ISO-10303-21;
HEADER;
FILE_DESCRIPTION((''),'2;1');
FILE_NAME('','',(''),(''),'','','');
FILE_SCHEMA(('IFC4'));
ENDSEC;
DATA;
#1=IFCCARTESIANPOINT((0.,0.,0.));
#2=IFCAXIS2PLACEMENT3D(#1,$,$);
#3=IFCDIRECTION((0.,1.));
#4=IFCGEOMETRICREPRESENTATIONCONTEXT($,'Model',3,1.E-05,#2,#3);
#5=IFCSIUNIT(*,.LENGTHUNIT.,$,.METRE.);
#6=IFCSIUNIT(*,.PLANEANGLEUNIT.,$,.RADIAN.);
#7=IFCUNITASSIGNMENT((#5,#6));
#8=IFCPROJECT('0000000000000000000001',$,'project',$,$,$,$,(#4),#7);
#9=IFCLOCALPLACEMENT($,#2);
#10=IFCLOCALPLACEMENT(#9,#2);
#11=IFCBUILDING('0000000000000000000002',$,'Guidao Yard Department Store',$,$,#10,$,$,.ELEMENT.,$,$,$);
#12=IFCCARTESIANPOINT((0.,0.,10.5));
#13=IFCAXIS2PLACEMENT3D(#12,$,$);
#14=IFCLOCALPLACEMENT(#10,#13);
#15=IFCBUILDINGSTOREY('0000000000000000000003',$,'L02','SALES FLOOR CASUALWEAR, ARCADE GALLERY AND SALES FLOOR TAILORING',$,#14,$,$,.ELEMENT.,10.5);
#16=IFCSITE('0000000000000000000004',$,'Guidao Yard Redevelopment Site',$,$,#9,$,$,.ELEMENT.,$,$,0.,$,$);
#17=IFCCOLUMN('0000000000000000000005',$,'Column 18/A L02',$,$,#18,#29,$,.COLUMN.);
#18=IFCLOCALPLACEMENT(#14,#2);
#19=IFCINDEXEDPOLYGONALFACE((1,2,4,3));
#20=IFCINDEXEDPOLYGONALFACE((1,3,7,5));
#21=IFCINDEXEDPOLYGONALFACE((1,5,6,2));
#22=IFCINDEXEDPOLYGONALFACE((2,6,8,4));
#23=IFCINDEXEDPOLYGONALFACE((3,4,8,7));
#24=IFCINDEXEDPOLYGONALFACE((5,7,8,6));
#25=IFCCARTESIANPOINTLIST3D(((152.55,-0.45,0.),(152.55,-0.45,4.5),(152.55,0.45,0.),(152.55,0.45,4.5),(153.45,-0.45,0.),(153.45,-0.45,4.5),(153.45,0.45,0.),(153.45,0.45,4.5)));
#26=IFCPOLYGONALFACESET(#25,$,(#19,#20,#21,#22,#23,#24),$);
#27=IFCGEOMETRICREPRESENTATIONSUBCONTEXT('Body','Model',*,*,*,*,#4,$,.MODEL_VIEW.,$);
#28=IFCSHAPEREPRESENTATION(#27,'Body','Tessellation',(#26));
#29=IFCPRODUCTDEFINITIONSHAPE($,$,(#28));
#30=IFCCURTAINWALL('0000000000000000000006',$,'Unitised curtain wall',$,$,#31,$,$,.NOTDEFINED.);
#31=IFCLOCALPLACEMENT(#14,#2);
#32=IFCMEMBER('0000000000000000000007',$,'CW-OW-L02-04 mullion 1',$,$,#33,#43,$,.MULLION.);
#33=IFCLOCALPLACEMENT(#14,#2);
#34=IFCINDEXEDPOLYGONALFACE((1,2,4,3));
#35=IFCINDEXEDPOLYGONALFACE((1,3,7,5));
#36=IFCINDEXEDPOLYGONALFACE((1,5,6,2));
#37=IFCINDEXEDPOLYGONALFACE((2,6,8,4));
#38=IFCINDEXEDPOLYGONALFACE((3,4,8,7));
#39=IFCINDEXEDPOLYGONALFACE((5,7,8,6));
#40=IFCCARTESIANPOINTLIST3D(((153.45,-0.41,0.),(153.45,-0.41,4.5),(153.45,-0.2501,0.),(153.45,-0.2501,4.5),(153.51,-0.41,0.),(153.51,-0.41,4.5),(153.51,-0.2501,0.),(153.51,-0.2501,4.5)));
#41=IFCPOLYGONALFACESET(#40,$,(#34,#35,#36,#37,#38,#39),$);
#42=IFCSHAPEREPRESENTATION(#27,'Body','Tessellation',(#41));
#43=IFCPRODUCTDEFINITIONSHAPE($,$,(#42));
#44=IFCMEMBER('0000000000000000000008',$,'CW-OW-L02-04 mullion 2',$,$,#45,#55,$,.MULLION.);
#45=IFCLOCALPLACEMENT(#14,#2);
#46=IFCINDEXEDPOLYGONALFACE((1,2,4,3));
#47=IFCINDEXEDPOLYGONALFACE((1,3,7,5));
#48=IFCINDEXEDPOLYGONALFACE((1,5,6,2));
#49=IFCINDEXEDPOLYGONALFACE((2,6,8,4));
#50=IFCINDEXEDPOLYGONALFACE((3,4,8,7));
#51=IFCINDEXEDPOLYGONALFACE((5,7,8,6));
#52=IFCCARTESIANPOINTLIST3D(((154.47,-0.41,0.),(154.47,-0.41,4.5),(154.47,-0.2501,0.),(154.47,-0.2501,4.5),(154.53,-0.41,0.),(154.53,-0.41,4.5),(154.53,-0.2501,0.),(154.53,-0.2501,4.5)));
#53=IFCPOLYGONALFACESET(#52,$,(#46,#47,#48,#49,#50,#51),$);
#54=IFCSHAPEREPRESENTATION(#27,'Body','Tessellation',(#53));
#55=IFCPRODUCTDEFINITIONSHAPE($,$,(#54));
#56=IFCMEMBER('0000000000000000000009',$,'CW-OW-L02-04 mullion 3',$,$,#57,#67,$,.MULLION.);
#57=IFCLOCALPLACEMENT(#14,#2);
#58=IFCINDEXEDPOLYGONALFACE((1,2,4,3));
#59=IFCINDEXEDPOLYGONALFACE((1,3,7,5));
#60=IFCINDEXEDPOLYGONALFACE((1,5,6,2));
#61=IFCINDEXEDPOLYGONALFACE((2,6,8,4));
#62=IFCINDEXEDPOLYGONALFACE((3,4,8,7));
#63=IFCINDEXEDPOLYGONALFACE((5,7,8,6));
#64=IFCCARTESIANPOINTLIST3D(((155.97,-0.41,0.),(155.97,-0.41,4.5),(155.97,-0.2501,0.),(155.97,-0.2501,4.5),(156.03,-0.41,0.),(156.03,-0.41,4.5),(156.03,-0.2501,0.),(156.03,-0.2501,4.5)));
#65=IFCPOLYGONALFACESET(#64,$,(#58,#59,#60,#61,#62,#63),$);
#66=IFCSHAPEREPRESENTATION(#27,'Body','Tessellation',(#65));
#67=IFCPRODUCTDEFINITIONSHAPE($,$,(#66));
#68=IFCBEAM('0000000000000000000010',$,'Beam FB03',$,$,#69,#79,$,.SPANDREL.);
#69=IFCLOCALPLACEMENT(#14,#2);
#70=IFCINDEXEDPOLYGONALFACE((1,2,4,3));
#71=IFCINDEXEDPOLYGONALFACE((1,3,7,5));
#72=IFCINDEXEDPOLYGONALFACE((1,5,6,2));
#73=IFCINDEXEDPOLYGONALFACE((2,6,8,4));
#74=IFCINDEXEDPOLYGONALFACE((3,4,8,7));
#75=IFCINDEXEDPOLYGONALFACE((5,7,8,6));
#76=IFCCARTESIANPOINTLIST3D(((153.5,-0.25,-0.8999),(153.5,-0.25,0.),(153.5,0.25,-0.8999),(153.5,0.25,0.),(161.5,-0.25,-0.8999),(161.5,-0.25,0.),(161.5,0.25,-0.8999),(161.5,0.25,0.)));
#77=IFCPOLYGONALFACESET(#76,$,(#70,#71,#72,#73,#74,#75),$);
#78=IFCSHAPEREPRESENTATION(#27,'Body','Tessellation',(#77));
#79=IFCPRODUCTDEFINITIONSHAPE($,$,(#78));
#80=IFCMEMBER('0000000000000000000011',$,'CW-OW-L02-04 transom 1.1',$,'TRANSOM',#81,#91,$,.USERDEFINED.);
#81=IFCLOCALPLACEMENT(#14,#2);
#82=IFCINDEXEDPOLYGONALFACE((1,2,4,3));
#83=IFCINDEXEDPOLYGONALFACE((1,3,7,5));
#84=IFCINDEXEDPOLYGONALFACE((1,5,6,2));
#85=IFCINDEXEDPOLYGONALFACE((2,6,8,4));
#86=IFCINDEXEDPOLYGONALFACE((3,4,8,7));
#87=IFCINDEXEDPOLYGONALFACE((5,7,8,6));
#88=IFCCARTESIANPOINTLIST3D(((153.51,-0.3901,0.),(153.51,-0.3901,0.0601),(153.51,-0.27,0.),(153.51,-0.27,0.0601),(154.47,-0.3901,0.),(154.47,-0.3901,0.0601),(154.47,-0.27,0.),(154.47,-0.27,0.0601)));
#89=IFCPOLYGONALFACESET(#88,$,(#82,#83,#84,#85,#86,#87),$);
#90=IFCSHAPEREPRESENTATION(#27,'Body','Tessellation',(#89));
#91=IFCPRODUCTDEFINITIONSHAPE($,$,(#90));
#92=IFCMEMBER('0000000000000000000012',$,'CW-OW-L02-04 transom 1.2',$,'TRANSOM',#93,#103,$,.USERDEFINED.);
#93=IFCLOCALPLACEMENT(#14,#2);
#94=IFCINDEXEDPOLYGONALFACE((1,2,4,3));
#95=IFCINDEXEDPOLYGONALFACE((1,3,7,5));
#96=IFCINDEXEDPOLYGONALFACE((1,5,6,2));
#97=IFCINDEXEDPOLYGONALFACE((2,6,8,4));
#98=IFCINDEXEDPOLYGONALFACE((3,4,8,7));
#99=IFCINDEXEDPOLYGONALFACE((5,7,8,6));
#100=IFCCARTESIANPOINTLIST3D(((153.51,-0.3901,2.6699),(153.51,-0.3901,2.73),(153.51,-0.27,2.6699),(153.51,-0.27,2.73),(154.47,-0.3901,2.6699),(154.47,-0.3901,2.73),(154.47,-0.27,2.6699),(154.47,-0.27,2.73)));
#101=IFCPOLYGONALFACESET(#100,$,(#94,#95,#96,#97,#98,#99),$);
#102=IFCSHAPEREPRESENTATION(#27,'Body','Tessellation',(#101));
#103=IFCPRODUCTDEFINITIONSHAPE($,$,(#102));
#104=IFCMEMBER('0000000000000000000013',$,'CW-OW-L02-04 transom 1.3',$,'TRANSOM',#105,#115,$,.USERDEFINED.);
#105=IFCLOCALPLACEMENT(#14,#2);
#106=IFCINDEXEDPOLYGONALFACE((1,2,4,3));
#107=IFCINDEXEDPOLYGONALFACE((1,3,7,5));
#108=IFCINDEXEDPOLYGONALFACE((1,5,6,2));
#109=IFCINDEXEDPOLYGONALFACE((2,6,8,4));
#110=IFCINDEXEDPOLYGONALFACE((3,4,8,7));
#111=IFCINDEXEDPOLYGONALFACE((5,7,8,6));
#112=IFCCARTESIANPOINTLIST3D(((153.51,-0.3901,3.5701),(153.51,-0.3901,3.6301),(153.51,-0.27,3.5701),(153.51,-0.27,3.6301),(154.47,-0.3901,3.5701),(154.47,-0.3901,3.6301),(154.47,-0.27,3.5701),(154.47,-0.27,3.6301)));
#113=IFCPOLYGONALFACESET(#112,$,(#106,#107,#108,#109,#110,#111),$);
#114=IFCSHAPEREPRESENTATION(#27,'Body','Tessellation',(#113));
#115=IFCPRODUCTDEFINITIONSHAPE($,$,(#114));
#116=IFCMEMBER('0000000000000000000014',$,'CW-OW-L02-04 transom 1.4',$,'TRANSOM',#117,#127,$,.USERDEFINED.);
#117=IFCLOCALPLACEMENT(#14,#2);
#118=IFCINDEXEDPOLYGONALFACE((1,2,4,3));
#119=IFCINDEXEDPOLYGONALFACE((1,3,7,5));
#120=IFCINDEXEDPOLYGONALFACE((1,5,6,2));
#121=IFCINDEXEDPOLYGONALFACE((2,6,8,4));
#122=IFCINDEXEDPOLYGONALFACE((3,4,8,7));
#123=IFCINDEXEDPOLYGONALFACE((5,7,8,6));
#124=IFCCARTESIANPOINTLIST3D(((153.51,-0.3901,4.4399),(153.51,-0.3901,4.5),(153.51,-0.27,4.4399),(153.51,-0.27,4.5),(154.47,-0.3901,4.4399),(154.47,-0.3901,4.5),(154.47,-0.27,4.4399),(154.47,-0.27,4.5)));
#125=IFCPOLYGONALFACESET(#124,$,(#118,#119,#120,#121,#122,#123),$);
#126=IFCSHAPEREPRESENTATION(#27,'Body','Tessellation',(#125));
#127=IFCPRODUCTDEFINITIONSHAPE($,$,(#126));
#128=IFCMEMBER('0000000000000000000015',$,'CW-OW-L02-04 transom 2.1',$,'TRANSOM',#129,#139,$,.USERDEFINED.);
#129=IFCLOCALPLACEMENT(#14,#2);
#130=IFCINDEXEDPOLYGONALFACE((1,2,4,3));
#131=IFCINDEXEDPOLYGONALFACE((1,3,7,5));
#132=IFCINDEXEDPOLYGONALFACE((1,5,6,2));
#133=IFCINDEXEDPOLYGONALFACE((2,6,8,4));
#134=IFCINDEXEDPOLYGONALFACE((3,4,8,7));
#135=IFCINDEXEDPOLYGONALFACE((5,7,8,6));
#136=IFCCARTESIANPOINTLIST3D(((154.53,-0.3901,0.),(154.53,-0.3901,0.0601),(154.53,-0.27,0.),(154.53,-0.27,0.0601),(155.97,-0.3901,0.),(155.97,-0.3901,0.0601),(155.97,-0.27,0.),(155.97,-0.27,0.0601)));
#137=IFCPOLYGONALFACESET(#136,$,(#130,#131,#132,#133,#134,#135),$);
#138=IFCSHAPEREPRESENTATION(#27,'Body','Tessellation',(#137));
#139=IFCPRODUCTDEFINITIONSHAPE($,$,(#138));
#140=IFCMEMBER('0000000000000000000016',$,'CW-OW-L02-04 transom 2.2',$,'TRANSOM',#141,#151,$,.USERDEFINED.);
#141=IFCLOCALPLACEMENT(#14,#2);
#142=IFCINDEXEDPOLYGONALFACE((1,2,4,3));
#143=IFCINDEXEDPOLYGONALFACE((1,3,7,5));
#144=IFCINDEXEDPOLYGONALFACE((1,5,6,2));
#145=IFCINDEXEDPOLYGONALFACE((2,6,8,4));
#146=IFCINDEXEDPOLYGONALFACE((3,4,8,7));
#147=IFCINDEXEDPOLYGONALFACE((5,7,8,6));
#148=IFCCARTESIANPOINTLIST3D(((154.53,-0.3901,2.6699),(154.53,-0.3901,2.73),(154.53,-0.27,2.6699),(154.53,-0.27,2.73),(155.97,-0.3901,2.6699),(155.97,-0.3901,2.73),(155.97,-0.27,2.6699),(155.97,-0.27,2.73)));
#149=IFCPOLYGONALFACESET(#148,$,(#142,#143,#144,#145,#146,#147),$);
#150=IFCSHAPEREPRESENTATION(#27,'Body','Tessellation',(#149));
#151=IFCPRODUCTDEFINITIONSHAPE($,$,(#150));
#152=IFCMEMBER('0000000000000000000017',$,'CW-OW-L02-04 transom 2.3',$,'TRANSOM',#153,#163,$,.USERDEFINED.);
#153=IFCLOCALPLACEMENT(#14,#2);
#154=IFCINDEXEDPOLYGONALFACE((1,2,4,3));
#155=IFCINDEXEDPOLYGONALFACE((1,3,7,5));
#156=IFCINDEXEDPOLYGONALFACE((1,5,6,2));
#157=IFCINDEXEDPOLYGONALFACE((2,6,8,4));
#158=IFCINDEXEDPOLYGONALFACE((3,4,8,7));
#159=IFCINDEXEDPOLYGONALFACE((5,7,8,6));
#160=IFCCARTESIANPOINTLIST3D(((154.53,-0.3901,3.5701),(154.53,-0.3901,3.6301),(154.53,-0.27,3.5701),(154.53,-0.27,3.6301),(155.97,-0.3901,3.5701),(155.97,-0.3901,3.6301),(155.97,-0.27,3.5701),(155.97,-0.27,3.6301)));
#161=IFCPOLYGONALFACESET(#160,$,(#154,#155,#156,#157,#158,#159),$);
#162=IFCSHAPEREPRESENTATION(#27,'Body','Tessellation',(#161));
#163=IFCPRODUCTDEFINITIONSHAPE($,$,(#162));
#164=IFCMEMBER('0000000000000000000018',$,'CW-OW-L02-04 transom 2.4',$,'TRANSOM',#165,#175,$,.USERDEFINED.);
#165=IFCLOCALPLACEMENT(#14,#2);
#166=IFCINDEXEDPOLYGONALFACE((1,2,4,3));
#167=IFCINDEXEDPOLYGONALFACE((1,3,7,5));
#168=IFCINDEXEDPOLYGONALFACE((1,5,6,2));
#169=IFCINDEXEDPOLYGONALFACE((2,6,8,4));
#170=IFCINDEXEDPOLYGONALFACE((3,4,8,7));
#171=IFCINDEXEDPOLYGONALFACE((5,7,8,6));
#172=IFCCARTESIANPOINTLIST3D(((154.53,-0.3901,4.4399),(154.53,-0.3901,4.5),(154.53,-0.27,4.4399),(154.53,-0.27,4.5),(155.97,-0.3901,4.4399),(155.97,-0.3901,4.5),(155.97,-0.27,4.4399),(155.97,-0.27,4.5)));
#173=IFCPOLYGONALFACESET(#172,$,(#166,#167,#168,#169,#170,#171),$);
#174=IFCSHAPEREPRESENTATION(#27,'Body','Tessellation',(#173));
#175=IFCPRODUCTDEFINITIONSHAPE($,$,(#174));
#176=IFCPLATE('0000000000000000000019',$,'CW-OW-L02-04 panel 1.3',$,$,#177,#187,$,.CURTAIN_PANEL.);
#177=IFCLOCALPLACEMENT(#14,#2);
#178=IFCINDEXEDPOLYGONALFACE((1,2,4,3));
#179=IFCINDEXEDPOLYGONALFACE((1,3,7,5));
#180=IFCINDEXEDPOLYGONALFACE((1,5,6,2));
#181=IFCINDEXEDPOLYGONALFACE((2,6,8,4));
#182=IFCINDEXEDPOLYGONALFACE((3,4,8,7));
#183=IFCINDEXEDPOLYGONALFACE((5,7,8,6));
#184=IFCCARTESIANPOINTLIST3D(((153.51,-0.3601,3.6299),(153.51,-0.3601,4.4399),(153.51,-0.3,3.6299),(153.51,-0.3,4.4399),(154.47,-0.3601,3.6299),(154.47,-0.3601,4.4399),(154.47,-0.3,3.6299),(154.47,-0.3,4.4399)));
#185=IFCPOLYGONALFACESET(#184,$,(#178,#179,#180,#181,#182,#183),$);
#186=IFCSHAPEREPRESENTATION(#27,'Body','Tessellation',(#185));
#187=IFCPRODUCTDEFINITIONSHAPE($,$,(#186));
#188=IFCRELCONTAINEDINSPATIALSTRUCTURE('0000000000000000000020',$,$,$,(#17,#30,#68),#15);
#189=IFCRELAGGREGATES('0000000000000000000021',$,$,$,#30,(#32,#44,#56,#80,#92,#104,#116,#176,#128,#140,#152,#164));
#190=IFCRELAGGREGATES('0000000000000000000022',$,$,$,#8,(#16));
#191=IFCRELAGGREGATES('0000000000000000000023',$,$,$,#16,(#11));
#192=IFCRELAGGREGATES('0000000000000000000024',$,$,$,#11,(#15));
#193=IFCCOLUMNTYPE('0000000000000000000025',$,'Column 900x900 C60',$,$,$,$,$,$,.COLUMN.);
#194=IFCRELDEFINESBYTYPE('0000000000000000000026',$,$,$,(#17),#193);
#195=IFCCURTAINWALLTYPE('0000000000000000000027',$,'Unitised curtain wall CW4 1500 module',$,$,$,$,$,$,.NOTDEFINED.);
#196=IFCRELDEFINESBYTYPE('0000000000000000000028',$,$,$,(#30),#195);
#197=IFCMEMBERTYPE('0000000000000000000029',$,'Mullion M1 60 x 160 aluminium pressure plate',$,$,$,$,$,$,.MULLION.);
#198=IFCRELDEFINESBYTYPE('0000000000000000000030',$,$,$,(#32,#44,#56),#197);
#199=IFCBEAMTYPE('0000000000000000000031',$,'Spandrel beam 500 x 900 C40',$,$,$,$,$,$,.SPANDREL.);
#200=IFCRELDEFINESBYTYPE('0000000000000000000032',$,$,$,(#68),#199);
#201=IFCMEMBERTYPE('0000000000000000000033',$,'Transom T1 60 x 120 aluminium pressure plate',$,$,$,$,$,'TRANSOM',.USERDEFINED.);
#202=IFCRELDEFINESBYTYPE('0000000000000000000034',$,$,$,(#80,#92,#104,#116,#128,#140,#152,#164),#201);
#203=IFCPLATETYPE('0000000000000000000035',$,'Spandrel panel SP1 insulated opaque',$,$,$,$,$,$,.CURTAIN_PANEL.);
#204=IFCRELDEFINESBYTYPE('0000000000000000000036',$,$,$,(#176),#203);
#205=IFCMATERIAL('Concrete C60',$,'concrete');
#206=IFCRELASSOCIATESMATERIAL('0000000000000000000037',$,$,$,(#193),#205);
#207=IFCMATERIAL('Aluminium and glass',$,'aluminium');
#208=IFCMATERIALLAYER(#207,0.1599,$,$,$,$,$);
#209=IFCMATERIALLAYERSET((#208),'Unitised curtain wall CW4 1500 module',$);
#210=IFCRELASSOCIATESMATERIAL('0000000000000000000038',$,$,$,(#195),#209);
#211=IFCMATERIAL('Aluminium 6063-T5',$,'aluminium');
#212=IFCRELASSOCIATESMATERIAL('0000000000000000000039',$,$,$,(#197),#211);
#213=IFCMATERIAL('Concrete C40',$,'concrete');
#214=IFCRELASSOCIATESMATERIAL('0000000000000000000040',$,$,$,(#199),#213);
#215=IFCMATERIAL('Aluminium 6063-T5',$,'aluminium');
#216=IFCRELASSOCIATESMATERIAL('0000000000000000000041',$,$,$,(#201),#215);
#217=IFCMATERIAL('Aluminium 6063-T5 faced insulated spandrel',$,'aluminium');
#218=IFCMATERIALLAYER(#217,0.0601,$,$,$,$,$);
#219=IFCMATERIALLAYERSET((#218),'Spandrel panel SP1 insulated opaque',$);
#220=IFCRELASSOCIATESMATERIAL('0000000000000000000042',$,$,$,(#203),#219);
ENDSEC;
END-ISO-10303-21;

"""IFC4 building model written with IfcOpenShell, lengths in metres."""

from ifc_helpers import new_model, si_unit, direction, frame, origin, origin_2d, place, context, subcontext, project, spatial, rectangle, extrude, material, layer, layer_set, material_profile, profile_set, type_object, element, aggregate, save


model = new_model("IFC4")

# Units and contexts
model_context = context("Model", 3, precision=1e-05, world=origin(), true_north=direction((0.0, 1.0)))
body_context = subcontext(model_context, "Body", "Model", "MODEL_VIEW")
ifc_project = project(units=[si_unit("LENGTHUNIT", "METRE"), si_unit("PLANEANGLEUNIT", "RADIAN")], contexts=[model_context])

# Site, building, storey
site_placement = place(None, origin())
site = spatial("IfcSite", under=ifc_project, at=site_placement, Name="Guidao Yard Redevelopment Site", CompositionType="ELEMENT", RefElevation=0.0)
building_placement = place(site_placement, origin())
building = spatial("IfcBuilding", under=site, at=building_placement, Name="Guidao Yard Department Store", CompositionType="ELEMENT")
storey_placement = place(building_placement, frame((0.0, 0.0, 10.5)))
storey = spatial("IfcBuildingStorey", under=building, at=storey_placement, Name="L02", Description="SALES FLOOR CASUALWEAR, ARCADE GALLERY AND SALES FLOOR TAILORING", CompositionType="ELEMENT", Elevation=10.5)

# Column
ifc_material_1 = material(Name="Concrete C60", Category="concrete")
ifc_material_profile_1 = material_profile(ifc_material_1, rectangle(XDim=0.8999, YDim=0.8999, at=origin_2d()), Name="COL 900x900")
ifc_profile_set_1 = profile_set([ifc_material_profile_1], Name="Concrete C60")
column_type = type_object("IfcColumnType", Name="Column 900x900 C60", PredefinedType="COLUMN", material=ifc_profile_set_1)
column_placement = place(storey_placement, frame((153.0, 0.0, 0.0), z_axis=(0.0, 0.0, 1.0), x_axis=(1.0, 0.0, 0.0)))
element("IfcColumn", 1, at=column_placement, inside=storey, type_object=column_type, Name="Column 18/A L02", PredefinedType="COLUMN", context=body_context, shape_type="SweptSolid", body=[
    extrude(rectangle(XDim=0.8999, YDim=0.8999, at=origin_2d()), origin(), (0.0, 0.0, 1.0), 4.5),
])

# Curtain wall, members
ifc_material_2 = material(Name="Aluminium and glass", Category="aluminium")
ifc_layer_1 = layer(ifc_material_2, 0.1599)
ifc_layer_set_1 = layer_set([ifc_layer_1], Name="Unitised curtain wall CW4 1500 module")
curtain_wall_type = type_object("IfcCurtainWallType", Name="Unitised curtain wall CW4 1500 module", PredefinedType="NOTDEFINED", material=ifc_layer_set_1)
curtain_wall_placement = place(storey_placement, origin())
curtain_wall = element("IfcCurtainWall", 2, at=curtain_wall_placement, inside=storey, type_object=curtain_wall_type, Name="Unitised curtain wall", PredefinedType="NOTDEFINED")
ifc_material_3 = material(Name="Aluminium 6063-T5", Category="aluminium")
ifc_material_profile_2 = material_profile(ifc_material_3, rectangle(XDim=0.0601, YDim=0.1599, at=origin_2d()), Name="Mullion M1 60 x 160 aluminium pressure plate")
ifc_profile_set_2 = profile_set([ifc_material_profile_2], Name="Aluminium 6063-T5")
member_type_1 = type_object("IfcMemberType", Name="Mullion M1 60 x 160 aluminium pressure plate", PredefinedType="MULLION", material=ifc_profile_set_2)
member_1_placement = place(storey_placement, frame((153.48, -0.3301, 0.0), z_axis=(0.0, 0.0, 1.0), x_axis=(-1.0, 0.0, 0.0)))
member_1 = element("IfcMember", 3, at=member_1_placement, type_object=member_type_1, Name="CW-OW-L02-04 mullion 1", PredefinedType="MULLION", context=body_context, shape_type="SweptSolid", body=[
    extrude(rectangle(XDim=0.0601, YDim=0.1599, at=origin_2d()), origin(), (0.0, 0.0, 1.0), 4.5),
])
member_2_placement = place(storey_placement, frame((154.5, -0.3301, 0.0), z_axis=(0.0, 0.0, 1.0), x_axis=(-1.0, 0.0, 0.0)))
member_2 = element("IfcMember", 4, at=member_2_placement, type_object=member_type_1, Name="CW-OW-L02-04 mullion 2", PredefinedType="MULLION", context=body_context, shape_type="SweptSolid", body=[
    extrude(rectangle(XDim=0.0601, YDim=0.1599, at=origin_2d()), origin(), (0.0, 0.0, 1.0), 4.5),
])
member_3_placement = place(storey_placement, frame((156.0, -0.3301, 0.0), z_axis=(0.0, 0.0, 1.0), x_axis=(-1.0, 0.0, 0.0)))
member_3 = element("IfcMember", 5, at=member_3_placement, type_object=member_type_1, Name="CW-OW-L02-04 mullion 3", PredefinedType="MULLION", context=body_context, shape_type="SweptSolid", body=[
    extrude(rectangle(XDim=0.0601, YDim=0.1599, at=origin_2d()), origin(), (0.0, 0.0, 1.0), 4.5),
])

# Beam
ifc_material_4 = material(Name="Concrete C40", Category="concrete")
ifc_material_profile_3 = material_profile(ifc_material_4, rectangle(XDim=0.5, YDim=0.8999, at=origin_2d()), Name="Spandrel beam 500 x 900 C40")
ifc_profile_set_3 = profile_set([ifc_material_profile_3], Name="Concrete C40")
beam_type = type_object("IfcBeamType", Name="Spandrel beam 500 x 900 C40", PredefinedType="SPANDREL", material=ifc_profile_set_3)
beam_placement = place(storey_placement, frame((153.5, 0.0, -0.45), z_axis=(1.0, 0.0, 0.0), x_axis=(0.0, 1.0, 0.0)))
element("IfcBeam", 6, at=beam_placement, inside=storey, type_object=beam_type, Name="Beam FB03", PredefinedType="SPANDREL", context=body_context, shape_type="SweptSolid", body=[
    extrude(rectangle(XDim=0.5, YDim=0.8999, at=origin_2d()), origin(), (0.0, 0.0, 1.0), 8.0),
])

# Members
ifc_material_5 = material(Name="Aluminium 6063-T5", Category="aluminium")
ifc_material_profile_4 = material_profile(ifc_material_5, rectangle(XDim=0.1201, YDim=0.0601, at=origin_2d()), Name="Transom T1 60 x 120 aluminium pressure plate")
ifc_profile_set_4 = profile_set([ifc_material_profile_4], Name="Aluminium 6063-T5")
member_type_2 = type_object("IfcMemberType", Name="Transom T1 60 x 120 aluminium pressure plate", ElementType="TRANSOM", PredefinedType="USERDEFINED", material=ifc_profile_set_4)
member_4_placement = place(storey_placement, frame((154.47, -0.3301, 0.03), z_axis=(-1.0, 0.0, 0.0), x_axis=(0.0, -1.0, 0.0)))
member_4 = element("IfcMember", 7, at=member_4_placement, type_object=member_type_2, Name="CW-OW-L02-04 transom 1.1", ObjectType="TRANSOM", PredefinedType="USERDEFINED", context=body_context, shape_type="SweptSolid", body=[
    extrude(rectangle(XDim=0.1201, YDim=0.0601, at=origin_2d()), origin(), (0.0, 0.0, 1.0), 0.96),
])
member_5_placement = place(storey_placement, frame((154.47, -0.3301, 2.7), z_axis=(-1.0, 0.0, 0.0), x_axis=(0.0, -1.0, 0.0)))
member_5 = element("IfcMember", 8, at=member_5_placement, type_object=member_type_2, Name="CW-OW-L02-04 transom 1.2", ObjectType="TRANSOM", PredefinedType="USERDEFINED", context=body_context, shape_type="SweptSolid", body=[
    extrude(rectangle(XDim=0.1201, YDim=0.0601, at=origin_2d()), origin(), (0.0, 0.0, 1.0), 0.96),
])
member_6_placement = place(storey_placement, frame((154.47, -0.3301, 3.6001), z_axis=(-1.0, 0.0, 0.0), x_axis=(0.0, -1.0, 0.0)))
member_6 = element("IfcMember", 9, at=member_6_placement, type_object=member_type_2, Name="CW-OW-L02-04 transom 1.3", ObjectType="TRANSOM", PredefinedType="USERDEFINED", context=body_context, shape_type="SweptSolid", body=[
    extrude(rectangle(XDim=0.1201, YDim=0.0601, at=origin_2d()), origin(), (0.0, 0.0, 1.0), 0.96),
])
member_7_placement = place(storey_placement, frame((154.47, -0.3301, 4.47), z_axis=(-1.0, 0.0, 0.0), x_axis=(0.0, -1.0, 0.0)))
member_7 = element("IfcMember", 10, at=member_7_placement, type_object=member_type_2, Name="CW-OW-L02-04 transom 1.4", ObjectType="TRANSOM", PredefinedType="USERDEFINED", context=body_context, shape_type="SweptSolid", body=[
    extrude(rectangle(XDim=0.1201, YDim=0.0601, at=origin_2d()), origin(), (0.0, 0.0, 1.0), 0.96),
])
member_8_placement = place(storey_placement, frame((155.97, -0.3301, 0.03), z_axis=(-1.0, 0.0, 0.0), x_axis=(0.0, -1.0, 0.0)))
member_8 = element("IfcMember", 11, at=member_8_placement, type_object=member_type_2, Name="CW-OW-L02-04 transom 2.1", ObjectType="TRANSOM", PredefinedType="USERDEFINED", context=body_context, shape_type="SweptSolid", body=[
    extrude(rectangle(XDim=0.1201, YDim=0.0601, at=origin_2d()), origin(), (0.0, 0.0, 1.0), 1.4399),
])
member_9_placement = place(storey_placement, frame((155.97, -0.3301, 2.7), z_axis=(-1.0, 0.0, 0.0), x_axis=(0.0, -1.0, 0.0)))
member_9 = element("IfcMember", 12, at=member_9_placement, type_object=member_type_2, Name="CW-OW-L02-04 transom 2.2", ObjectType="TRANSOM", PredefinedType="USERDEFINED", context=body_context, shape_type="SweptSolid", body=[
    extrude(rectangle(XDim=0.1201, YDim=0.0601, at=origin_2d()), origin(), (0.0, 0.0, 1.0), 1.4399),
])
member_10_placement = place(storey_placement, frame((155.97, -0.3301, 3.6001), z_axis=(-1.0, 0.0, 0.0), x_axis=(0.0, -1.0, 0.0)))
member_10 = element("IfcMember", 13, at=member_10_placement, type_object=member_type_2, Name="CW-OW-L02-04 transom 2.3", ObjectType="TRANSOM", PredefinedType="USERDEFINED", context=body_context, shape_type="SweptSolid", body=[
    extrude(rectangle(XDim=0.1201, YDim=0.0601, at=origin_2d()), origin(), (0.0, 0.0, 1.0), 1.4399),
])
member_11_placement = place(storey_placement, frame((155.97, -0.3301, 4.47), z_axis=(-1.0, 0.0, 0.0), x_axis=(0.0, -1.0, 0.0)))
member_11 = element("IfcMember", 14, at=member_11_placement, type_object=member_type_2, Name="CW-OW-L02-04 transom 2.4", ObjectType="TRANSOM", PredefinedType="USERDEFINED", context=body_context, shape_type="SweptSolid", body=[
    extrude(rectangle(XDim=0.1201, YDim=0.0601, at=origin_2d()), origin(), (0.0, 0.0, 1.0), 1.4399),
])

# Plate
ifc_material_6 = material(Name="Aluminium 6063-T5 faced insulated spandrel", Category="aluminium")
ifc_layer_2 = layer(ifc_material_6, 0.0601)
ifc_layer_set_2 = layer_set([ifc_layer_2], Name="Spandrel panel SP1 insulated opaque")
plate_type_1 = type_object("IfcPlateType", Name="Spandrel panel SP1 insulated opaque", PredefinedType="CURTAIN_PANEL", material=ifc_layer_set_2)
plate_1_placement = place(storey_placement, frame((153.99, -0.3301, 3.6299), z_axis=(0.0, 0.0, 1.0), x_axis=(-1.0, 0.0, 0.0)))
plate_1 = element("IfcPlate", 15, at=plate_1_placement, type_object=plate_type_1, Name="CW-OW-L02-04 panel 1.3", PredefinedType="CURTAIN_PANEL", context=body_context, shape_type="SweptSolid", body=[
    extrude(rectangle(XDim=0.96, YDim=0.0601, at=origin_2d()), origin(), (0.0, 0.0, 1.0), 0.8101),
])
aggregate(curtain_wall, [member_1, member_2, member_3, member_4, member_5, member_6, member_7, plate_1, member_8, member_9, member_10, member_11])

save(model, "model.ifc")
